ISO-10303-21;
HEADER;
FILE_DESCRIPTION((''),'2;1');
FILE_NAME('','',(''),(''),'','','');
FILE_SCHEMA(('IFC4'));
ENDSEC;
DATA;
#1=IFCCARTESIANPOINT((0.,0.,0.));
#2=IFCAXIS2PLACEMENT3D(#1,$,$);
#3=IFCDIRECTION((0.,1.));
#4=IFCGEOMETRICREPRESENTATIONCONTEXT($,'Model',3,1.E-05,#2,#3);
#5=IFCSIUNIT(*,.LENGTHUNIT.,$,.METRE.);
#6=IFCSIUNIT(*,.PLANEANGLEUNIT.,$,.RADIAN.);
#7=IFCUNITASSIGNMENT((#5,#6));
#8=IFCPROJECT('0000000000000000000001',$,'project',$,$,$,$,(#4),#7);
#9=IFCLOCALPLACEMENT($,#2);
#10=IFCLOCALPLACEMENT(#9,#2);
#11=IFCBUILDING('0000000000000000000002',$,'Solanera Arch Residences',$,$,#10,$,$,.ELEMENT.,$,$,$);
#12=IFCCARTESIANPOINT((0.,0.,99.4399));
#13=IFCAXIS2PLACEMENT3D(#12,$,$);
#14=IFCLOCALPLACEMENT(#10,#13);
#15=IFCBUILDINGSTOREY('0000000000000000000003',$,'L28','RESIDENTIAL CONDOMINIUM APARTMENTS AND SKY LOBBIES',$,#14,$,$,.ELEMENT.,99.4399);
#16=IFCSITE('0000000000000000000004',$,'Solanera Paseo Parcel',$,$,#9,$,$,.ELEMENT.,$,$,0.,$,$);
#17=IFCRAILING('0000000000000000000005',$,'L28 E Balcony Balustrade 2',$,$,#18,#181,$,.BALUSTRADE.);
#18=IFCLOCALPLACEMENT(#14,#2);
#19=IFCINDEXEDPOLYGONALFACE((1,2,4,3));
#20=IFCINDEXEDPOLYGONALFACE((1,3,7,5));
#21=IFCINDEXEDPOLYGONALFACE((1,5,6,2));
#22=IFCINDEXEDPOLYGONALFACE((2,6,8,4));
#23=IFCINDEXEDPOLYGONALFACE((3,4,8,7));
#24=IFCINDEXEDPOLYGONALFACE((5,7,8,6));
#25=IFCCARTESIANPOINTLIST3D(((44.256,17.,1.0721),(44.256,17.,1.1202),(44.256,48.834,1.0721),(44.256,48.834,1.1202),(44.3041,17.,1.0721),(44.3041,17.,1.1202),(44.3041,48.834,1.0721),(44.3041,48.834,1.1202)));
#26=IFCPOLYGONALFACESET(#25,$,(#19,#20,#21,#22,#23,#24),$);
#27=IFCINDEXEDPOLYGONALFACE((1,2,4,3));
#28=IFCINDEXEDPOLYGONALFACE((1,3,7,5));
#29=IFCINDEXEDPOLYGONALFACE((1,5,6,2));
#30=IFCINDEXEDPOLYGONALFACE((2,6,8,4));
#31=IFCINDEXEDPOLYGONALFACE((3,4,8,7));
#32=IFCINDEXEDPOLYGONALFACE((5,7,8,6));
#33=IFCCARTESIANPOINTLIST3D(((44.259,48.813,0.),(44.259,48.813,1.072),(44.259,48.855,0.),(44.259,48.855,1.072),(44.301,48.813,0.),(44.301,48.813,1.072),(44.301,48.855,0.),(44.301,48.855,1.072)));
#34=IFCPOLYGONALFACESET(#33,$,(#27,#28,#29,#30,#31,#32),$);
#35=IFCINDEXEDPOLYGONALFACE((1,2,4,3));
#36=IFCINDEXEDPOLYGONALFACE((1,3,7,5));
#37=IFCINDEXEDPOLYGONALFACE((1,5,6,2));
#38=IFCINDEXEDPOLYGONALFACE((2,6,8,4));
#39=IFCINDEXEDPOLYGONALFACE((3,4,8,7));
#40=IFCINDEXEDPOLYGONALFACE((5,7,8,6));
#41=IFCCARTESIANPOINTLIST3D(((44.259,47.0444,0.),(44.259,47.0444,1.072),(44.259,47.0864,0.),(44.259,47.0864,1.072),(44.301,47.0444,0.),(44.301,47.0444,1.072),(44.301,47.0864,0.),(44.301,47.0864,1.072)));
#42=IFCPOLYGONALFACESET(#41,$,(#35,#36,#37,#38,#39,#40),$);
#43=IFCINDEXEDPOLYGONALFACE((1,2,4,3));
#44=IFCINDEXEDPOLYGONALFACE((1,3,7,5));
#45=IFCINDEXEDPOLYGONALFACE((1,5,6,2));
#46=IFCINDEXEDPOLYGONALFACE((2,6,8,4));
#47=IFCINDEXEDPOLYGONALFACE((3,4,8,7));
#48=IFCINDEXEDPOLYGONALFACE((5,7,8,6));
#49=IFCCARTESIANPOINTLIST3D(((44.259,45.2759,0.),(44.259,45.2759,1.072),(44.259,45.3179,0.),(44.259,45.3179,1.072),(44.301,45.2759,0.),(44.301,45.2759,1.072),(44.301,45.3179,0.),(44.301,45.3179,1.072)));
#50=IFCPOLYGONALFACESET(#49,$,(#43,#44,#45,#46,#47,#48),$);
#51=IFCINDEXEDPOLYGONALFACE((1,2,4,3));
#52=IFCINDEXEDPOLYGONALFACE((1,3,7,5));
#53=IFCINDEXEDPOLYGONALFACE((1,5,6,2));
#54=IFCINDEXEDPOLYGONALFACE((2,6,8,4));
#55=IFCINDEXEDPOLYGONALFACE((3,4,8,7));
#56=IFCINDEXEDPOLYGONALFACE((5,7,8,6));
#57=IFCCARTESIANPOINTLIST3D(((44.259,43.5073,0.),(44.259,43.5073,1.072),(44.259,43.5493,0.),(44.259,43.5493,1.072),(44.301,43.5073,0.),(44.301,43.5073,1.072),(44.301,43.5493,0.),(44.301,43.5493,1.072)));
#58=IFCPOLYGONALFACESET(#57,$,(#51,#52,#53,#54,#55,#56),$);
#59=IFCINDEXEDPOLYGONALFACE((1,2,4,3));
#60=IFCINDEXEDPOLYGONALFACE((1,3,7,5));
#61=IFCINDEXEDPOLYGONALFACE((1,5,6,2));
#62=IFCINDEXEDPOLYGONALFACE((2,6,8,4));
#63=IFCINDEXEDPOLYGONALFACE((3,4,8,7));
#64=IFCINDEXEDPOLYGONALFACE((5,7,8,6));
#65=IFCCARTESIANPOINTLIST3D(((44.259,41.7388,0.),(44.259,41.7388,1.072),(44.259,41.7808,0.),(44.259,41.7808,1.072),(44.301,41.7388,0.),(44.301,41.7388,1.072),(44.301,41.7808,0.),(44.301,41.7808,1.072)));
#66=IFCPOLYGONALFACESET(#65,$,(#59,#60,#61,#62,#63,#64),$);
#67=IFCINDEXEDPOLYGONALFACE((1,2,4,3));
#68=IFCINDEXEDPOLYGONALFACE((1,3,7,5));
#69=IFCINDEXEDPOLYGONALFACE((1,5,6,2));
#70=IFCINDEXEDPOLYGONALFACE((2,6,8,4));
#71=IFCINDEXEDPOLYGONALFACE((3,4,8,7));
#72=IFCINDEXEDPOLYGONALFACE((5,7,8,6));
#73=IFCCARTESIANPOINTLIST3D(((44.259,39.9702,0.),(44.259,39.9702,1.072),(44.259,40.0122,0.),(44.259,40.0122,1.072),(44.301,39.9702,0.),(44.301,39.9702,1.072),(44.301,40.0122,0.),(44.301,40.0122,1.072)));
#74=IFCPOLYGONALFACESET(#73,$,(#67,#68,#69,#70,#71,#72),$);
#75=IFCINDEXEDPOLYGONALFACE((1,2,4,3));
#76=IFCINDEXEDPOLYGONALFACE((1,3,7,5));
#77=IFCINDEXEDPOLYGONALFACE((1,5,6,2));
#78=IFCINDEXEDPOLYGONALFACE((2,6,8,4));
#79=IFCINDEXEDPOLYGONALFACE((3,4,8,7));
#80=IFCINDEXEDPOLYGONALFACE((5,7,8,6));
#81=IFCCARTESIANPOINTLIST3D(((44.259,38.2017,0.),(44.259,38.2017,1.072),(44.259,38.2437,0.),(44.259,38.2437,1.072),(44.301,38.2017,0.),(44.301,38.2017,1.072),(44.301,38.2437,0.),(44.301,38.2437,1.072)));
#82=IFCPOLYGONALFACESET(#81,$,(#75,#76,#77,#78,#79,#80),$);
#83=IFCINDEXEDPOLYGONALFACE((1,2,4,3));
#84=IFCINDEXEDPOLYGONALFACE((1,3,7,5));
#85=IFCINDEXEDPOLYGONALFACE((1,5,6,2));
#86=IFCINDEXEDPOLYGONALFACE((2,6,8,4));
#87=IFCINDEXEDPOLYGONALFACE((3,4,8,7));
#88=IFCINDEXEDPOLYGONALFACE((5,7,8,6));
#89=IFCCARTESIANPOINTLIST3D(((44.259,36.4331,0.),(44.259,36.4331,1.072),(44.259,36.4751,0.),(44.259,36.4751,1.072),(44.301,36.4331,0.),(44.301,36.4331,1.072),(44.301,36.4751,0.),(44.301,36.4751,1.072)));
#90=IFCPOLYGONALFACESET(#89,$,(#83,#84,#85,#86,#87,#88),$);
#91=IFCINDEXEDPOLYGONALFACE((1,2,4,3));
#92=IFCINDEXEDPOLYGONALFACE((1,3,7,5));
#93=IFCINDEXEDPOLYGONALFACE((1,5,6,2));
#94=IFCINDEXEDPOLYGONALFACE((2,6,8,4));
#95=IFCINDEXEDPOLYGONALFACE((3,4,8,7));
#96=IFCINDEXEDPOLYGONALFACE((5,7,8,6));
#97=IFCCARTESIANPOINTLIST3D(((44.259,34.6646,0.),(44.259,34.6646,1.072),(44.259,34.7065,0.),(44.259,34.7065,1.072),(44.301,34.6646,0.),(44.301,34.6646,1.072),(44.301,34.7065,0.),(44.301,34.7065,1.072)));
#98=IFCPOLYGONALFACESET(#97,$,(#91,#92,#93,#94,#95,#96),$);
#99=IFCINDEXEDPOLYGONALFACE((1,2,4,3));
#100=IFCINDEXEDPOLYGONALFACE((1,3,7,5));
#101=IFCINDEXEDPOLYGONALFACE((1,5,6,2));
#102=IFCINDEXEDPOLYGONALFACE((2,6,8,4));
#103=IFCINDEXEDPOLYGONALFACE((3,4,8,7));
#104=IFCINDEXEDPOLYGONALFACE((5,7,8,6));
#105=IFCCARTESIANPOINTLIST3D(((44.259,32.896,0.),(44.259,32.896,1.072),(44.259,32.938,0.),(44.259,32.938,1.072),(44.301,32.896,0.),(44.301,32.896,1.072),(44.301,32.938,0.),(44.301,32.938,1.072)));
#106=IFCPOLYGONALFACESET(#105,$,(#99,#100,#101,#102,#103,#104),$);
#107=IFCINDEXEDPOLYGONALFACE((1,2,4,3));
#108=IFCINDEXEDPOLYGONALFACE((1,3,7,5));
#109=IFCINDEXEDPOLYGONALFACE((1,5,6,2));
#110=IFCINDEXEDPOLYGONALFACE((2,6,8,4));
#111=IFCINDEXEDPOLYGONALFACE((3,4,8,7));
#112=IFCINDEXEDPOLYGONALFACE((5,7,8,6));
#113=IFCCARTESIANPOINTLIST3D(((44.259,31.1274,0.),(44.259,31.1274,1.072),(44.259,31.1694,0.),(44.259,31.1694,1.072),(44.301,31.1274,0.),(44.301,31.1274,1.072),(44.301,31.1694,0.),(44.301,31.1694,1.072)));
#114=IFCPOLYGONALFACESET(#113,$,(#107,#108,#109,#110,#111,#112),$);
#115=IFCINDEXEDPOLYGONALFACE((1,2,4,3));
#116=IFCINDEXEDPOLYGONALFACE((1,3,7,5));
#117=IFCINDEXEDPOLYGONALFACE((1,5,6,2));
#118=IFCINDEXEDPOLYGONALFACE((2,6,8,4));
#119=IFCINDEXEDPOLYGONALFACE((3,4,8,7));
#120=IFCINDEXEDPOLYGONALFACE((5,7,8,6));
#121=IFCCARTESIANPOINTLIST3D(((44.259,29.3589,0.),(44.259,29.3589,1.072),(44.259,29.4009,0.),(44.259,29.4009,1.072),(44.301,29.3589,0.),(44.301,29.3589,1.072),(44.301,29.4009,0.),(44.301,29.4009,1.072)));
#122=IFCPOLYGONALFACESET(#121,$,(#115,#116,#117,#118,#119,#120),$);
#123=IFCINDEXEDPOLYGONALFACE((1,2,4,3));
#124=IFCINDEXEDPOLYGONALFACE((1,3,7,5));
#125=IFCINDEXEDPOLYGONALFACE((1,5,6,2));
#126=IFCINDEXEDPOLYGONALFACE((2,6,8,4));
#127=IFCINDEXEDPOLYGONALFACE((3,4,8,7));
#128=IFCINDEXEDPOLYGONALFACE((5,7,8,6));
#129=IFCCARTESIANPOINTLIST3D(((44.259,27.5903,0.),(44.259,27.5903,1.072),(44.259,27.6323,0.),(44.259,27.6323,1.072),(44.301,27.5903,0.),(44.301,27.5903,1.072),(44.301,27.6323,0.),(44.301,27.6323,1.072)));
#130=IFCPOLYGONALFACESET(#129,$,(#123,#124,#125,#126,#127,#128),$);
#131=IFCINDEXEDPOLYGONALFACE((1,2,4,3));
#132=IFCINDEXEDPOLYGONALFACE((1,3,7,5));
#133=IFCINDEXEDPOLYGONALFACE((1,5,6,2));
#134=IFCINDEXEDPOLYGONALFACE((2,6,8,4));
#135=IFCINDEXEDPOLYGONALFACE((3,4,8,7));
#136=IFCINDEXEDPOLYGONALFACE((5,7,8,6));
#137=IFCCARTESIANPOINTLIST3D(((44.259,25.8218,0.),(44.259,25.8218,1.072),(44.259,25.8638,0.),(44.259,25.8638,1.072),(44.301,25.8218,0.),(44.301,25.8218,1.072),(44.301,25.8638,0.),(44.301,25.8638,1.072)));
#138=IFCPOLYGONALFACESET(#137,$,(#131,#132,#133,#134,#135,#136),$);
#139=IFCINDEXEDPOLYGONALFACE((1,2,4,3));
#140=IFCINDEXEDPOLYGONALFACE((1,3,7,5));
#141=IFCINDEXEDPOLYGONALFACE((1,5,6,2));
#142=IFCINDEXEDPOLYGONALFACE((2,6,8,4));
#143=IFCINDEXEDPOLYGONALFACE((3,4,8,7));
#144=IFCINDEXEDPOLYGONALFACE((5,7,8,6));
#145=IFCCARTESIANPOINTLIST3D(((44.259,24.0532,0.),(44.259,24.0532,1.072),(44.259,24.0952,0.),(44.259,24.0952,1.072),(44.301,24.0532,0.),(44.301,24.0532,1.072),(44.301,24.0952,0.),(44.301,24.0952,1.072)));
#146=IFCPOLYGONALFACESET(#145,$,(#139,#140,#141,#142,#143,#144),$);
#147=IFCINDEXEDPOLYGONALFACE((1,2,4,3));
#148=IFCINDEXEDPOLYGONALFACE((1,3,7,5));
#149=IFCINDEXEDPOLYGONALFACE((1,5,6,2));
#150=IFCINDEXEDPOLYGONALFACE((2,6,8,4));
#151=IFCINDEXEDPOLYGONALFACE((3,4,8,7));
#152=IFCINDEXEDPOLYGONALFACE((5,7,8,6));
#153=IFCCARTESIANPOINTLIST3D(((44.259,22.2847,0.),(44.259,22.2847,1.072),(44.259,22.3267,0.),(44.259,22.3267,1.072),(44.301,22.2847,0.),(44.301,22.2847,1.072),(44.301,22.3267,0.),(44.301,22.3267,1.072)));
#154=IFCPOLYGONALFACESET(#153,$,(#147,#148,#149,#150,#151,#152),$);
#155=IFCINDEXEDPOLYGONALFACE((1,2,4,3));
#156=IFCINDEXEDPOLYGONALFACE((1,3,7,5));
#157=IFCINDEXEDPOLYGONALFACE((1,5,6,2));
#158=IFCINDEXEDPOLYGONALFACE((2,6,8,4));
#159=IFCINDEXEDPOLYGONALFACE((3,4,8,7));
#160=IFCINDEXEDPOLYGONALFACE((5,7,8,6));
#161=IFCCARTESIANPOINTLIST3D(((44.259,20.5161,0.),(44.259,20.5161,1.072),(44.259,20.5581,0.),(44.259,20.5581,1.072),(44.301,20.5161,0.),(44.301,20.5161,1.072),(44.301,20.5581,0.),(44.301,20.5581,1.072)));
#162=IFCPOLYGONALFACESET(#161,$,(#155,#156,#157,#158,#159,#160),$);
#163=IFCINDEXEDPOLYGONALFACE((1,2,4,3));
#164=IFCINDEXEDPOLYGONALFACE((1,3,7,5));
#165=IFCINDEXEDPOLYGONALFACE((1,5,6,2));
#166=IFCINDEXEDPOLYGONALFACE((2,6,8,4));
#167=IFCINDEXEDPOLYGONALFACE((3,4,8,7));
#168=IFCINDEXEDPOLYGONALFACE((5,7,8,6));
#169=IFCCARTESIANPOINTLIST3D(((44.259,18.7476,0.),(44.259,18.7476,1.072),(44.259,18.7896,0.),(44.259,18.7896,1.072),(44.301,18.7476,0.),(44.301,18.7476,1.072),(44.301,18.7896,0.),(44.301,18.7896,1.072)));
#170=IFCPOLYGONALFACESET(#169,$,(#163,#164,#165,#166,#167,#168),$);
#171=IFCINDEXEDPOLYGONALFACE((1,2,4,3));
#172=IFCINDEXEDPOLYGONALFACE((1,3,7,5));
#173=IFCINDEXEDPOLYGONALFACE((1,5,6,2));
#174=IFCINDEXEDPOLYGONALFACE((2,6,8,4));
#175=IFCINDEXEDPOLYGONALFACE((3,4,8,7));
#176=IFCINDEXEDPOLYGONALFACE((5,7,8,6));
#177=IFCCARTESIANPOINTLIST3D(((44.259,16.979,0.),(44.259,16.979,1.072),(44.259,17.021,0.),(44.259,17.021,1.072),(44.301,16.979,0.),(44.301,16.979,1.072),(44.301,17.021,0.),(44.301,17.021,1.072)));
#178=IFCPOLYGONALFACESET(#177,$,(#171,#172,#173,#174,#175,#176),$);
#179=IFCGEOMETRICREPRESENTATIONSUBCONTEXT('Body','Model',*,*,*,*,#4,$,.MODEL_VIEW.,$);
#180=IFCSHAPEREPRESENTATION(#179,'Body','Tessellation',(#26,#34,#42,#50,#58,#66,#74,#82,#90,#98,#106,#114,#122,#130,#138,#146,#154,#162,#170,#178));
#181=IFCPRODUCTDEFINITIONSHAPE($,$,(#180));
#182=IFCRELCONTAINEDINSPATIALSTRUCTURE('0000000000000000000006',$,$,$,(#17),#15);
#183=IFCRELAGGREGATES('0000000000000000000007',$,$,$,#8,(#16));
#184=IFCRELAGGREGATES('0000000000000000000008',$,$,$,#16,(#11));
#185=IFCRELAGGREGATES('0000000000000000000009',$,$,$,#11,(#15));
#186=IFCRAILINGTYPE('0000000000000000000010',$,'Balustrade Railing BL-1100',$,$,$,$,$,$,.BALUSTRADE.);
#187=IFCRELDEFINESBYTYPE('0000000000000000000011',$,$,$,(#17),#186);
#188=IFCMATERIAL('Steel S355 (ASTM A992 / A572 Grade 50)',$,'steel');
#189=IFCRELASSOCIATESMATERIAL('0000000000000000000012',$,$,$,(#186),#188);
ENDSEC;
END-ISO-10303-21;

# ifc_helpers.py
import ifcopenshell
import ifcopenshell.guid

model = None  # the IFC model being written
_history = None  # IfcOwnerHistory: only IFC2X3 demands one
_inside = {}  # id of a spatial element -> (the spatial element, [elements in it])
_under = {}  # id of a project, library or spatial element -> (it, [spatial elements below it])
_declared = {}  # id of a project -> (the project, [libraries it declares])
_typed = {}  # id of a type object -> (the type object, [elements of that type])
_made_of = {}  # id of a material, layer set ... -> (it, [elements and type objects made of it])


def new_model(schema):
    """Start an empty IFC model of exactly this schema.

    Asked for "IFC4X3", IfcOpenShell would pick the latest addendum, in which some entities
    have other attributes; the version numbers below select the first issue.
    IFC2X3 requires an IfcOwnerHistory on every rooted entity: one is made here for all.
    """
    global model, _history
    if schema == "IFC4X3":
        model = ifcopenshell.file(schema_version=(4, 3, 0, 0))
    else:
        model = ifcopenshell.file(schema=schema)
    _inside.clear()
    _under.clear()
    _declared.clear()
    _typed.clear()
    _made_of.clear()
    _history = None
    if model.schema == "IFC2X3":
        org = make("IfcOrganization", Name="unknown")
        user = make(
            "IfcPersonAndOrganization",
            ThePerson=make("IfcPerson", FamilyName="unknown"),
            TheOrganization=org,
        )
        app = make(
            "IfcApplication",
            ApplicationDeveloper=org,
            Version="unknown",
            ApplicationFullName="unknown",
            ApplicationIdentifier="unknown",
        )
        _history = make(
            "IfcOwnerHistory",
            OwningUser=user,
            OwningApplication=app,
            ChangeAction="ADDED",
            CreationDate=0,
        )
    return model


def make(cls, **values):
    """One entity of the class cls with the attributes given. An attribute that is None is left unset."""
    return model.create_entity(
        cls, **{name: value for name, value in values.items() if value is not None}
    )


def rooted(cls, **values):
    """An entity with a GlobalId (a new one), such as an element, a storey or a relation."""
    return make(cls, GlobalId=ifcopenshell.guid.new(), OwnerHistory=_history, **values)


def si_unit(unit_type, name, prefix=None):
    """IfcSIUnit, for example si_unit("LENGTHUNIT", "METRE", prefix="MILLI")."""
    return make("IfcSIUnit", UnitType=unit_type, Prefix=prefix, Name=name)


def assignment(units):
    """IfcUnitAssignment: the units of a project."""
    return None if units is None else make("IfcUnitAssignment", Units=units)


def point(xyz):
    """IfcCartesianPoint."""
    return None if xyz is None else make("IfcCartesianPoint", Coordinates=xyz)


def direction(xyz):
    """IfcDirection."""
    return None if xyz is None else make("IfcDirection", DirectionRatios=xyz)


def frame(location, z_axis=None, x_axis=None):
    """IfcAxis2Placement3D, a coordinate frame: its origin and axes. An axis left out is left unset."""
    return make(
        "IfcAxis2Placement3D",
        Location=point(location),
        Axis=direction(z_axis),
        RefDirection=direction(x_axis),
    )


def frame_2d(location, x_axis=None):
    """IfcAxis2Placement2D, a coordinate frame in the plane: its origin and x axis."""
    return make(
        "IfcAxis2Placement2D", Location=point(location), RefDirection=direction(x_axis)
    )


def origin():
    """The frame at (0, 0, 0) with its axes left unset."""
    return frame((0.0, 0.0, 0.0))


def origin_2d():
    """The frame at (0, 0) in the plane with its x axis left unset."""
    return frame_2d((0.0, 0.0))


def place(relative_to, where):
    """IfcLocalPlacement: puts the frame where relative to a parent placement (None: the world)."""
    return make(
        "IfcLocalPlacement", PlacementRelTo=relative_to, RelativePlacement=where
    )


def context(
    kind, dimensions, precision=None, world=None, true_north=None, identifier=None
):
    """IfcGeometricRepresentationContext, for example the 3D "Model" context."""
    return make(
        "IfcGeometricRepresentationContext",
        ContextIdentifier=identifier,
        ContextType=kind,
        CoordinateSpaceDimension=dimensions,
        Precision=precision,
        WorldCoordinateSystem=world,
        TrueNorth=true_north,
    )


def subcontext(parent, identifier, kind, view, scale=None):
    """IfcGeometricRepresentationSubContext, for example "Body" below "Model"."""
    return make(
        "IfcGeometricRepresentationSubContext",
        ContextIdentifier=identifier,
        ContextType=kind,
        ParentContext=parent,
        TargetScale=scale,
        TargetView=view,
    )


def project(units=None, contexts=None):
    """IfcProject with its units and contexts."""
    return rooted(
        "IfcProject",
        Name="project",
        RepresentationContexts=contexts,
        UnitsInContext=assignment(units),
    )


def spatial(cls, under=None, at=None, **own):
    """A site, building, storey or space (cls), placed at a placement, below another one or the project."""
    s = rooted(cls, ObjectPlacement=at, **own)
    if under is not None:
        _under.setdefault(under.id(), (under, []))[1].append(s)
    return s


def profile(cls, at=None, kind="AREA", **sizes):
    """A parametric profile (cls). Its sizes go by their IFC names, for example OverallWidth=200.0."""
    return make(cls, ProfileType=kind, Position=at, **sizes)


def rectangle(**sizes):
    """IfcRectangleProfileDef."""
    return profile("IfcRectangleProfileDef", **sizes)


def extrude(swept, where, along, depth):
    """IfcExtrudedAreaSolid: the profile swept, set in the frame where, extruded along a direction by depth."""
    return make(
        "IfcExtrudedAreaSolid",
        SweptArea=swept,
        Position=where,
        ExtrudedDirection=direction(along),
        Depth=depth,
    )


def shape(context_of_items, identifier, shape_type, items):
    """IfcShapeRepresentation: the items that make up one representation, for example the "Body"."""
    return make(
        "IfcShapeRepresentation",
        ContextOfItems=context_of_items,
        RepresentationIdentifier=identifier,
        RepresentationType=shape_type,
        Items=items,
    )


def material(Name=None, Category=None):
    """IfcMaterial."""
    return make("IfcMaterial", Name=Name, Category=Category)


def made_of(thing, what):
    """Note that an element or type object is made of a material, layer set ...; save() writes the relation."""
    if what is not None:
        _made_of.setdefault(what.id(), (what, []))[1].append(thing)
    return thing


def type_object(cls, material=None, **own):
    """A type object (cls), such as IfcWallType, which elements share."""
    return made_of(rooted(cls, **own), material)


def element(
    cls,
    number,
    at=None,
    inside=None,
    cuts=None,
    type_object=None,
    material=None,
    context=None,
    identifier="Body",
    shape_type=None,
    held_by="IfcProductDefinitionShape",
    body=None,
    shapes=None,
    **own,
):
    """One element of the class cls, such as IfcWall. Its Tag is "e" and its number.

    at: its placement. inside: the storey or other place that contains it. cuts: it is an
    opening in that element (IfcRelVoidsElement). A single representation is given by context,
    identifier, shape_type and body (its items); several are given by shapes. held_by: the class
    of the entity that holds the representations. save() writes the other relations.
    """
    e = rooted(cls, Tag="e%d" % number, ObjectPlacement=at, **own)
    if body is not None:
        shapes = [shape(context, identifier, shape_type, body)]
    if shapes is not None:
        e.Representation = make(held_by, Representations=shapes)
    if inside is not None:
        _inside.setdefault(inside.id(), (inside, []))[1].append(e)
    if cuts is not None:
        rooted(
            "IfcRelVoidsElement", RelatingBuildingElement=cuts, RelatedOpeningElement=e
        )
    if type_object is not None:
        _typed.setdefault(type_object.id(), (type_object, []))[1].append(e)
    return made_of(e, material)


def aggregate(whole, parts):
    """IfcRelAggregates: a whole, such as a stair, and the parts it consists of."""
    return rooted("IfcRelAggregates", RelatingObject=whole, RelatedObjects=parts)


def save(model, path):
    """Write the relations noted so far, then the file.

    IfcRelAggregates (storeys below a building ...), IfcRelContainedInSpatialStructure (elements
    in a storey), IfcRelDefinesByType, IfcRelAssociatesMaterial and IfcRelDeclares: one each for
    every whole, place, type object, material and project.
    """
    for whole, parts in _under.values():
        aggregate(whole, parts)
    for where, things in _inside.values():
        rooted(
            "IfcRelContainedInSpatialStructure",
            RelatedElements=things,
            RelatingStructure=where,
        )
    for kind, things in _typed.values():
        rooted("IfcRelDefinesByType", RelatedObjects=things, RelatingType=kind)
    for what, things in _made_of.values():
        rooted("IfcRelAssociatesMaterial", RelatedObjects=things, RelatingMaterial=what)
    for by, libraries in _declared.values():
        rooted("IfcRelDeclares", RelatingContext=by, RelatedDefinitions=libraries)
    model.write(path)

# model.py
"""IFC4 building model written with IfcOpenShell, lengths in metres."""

from ifc_helpers import new_model, si_unit, direction, frame, origin, origin_2d, place, context, subcontext, project, spatial, rectangle, extrude, material, type_object, element, save


model = new_model("IFC4")

# Units and contexts
model_context = context("Model", 3, precision=1e-05, world=origin(), true_north=direction((0.0, 1.0)))
body_context = subcontext(model_context, "Body", "Model", "MODEL_VIEW")
ifc_project = project(units=[si_unit("LENGTHUNIT", "METRE"), si_unit("PLANEANGLEUNIT", "RADIAN")], contexts=[model_context])

# Site, building, storey
site_placement = place(None, origin())
site = spatial("IfcSite", under=ifc_project, at=site_placement, Name="Solanera Paseo Parcel", CompositionType="ELEMENT", RefElevation=0.0)
building_placement = place(site_placement, origin())
building = spatial("IfcBuilding", under=site, at=building_placement, Name="Solanera Arch Residences", CompositionType="ELEMENT")
storey_placement = place(building_placement, frame((0.0, 0.0, 99.4399)))
storey = spatial("IfcBuildingStorey", under=building, at=storey_placement, Name="L28", Description="RESIDENTIAL CONDOMINIUM APARTMENTS AND SKY LOBBIES", CompositionType="ELEMENT", Elevation=99.4399)

# Railing
ifc_material_1 = material(Name="Steel S355 (ASTM A992 / A572 Grade 50)", Category="steel")
railing_type = type_object("IfcRailingType", Name="Balustrade Railing BL-1100", PredefinedType="BALUSTRADE", material=ifc_material_1)
railing_1_placement = place(storey_placement, frame((44.28, 48.834, 0.0)))
element("IfcRailing", 1, at=railing_1_placement, inside=storey, type_object=railing_type, Name="L28 E Balcony Balustrade 2", PredefinedType="BALUSTRADE", context=body_context, shape_type="SweptSolid", body=[
    extrude(rectangle(XDim=0.0481, YDim=0.0481, at=origin_2d()), frame((0.0, 0.0, 1.0962), z_axis=(0.0, -1.0, 0.0), x_axis=(1.0, 0.0, 0.0)), (0.0, 0.0, 1.0), 31.834),
    extrude(rectangle(XDim=0.042, YDim=0.042, at=origin_2d()), origin(), (0.0, 0.0, 1.0), 1.072),
    extrude(rectangle(XDim=0.042, YDim=0.042, at=origin_2d()), frame((0.0, -1.7686, 0.0)), (0.0, 0.0, 1.0), 1.072),
    extrude(rectangle(XDim=0.042, YDim=0.042, at=origin_2d()), frame((0.0, -3.5371, 0.0)), (0.0, 0.0, 1.0), 1.072),
    extrude(rectangle(XDim=0.042, YDim=0.042, at=origin_2d()), frame((0.0, -5.3057, 0.0)), (0.0, 0.0, 1.0), 1.072),
    extrude(rectangle(XDim=0.042, YDim=0.042, at=origin_2d()), frame((0.0, -7.0742, 0.0)), (0.0, 0.0, 1.0), 1.072),
    extrude(rectangle(XDim=0.042, YDim=0.042, at=origin_2d()), frame((0.0, -8.8428, 0.0)), (0.0, 0.0, 1.0), 1.072),
    extrude(rectangle(XDim=0.042, YDim=0.042, at=origin_2d()), frame((0.0, -10.6113, 0.0)), (0.0, 0.0, 1.0), 1.072),
    extrude(rectangle(XDim=0.042, YDim=0.042, at=origin_2d()), frame((0.0, -12.3799, 0.0)), (0.0, 0.0, 1.0), 1.072),
    extrude(rectangle(XDim=0.042, YDim=0.042, at=origin_2d()), frame((0.0, -14.1484, 0.0)), (0.0, 0.0, 1.0), 1.072),
    extrude(rectangle(XDim=0.042, YDim=0.042, at=origin_2d()), frame((0.0, -15.917, 0.0)), (0.0, 0.0, 1.0), 1.072),
    extrude(rectangle(XDim=0.042, YDim=0.042, at=origin_2d()), frame((0.0, -17.6855, 0.0)), (0.0, 0.0, 1.0), 1.072),
    extrude(rectangle(XDim=0.042, YDim=0.042, at=origin_2d()), frame((0.0, -19.4541, 0.0)), (0.0, 0.0, 1.0), 1.072),
    extrude(rectangle(XDim=0.042, YDim=0.042, at=origin_2d()), frame((0.0, -21.2227, 0.0)), (0.0, 0.0, 1.0), 1.072),
    extrude(rectangle(XDim=0.042, YDim=0.042, at=origin_2d()), frame((0.0, -22.9912, 0.0)), (0.0, 0.0, 1.0), 1.072),
    extrude(rectangle(XDim=0.042, YDim=0.042, at=origin_2d()), frame((0.0, -24.7598, 0.0)), (0.0, 0.0, 1.0), 1.072),
    extrude(rectangle(XDim=0.042, YDim=0.042, at=origin_2d()), frame((0.0, -26.5283, 0.0)), (0.0, 0.0, 1.0), 1.072),
    extrude(rectangle(XDim=0.042, YDim=0.042, at=origin_2d()), frame((0.0, -28.2969, 0.0)), (0.0, 0.0, 1.0), 1.072),
    extrude(rectangle(XDim=0.042, YDim=0.042, at=origin_2d()), frame((0.0, -30.0654, 0.0)), (0.0, 0.0, 1.0), 1.072),
    extrude(rectangle(XDim=0.042, YDim=0.042, at=origin_2d()), frame((0.0, -31.834, 0.0)), (0.0, 0.0, 1.0), 1.072),
])

save(model, "model.ifc")
